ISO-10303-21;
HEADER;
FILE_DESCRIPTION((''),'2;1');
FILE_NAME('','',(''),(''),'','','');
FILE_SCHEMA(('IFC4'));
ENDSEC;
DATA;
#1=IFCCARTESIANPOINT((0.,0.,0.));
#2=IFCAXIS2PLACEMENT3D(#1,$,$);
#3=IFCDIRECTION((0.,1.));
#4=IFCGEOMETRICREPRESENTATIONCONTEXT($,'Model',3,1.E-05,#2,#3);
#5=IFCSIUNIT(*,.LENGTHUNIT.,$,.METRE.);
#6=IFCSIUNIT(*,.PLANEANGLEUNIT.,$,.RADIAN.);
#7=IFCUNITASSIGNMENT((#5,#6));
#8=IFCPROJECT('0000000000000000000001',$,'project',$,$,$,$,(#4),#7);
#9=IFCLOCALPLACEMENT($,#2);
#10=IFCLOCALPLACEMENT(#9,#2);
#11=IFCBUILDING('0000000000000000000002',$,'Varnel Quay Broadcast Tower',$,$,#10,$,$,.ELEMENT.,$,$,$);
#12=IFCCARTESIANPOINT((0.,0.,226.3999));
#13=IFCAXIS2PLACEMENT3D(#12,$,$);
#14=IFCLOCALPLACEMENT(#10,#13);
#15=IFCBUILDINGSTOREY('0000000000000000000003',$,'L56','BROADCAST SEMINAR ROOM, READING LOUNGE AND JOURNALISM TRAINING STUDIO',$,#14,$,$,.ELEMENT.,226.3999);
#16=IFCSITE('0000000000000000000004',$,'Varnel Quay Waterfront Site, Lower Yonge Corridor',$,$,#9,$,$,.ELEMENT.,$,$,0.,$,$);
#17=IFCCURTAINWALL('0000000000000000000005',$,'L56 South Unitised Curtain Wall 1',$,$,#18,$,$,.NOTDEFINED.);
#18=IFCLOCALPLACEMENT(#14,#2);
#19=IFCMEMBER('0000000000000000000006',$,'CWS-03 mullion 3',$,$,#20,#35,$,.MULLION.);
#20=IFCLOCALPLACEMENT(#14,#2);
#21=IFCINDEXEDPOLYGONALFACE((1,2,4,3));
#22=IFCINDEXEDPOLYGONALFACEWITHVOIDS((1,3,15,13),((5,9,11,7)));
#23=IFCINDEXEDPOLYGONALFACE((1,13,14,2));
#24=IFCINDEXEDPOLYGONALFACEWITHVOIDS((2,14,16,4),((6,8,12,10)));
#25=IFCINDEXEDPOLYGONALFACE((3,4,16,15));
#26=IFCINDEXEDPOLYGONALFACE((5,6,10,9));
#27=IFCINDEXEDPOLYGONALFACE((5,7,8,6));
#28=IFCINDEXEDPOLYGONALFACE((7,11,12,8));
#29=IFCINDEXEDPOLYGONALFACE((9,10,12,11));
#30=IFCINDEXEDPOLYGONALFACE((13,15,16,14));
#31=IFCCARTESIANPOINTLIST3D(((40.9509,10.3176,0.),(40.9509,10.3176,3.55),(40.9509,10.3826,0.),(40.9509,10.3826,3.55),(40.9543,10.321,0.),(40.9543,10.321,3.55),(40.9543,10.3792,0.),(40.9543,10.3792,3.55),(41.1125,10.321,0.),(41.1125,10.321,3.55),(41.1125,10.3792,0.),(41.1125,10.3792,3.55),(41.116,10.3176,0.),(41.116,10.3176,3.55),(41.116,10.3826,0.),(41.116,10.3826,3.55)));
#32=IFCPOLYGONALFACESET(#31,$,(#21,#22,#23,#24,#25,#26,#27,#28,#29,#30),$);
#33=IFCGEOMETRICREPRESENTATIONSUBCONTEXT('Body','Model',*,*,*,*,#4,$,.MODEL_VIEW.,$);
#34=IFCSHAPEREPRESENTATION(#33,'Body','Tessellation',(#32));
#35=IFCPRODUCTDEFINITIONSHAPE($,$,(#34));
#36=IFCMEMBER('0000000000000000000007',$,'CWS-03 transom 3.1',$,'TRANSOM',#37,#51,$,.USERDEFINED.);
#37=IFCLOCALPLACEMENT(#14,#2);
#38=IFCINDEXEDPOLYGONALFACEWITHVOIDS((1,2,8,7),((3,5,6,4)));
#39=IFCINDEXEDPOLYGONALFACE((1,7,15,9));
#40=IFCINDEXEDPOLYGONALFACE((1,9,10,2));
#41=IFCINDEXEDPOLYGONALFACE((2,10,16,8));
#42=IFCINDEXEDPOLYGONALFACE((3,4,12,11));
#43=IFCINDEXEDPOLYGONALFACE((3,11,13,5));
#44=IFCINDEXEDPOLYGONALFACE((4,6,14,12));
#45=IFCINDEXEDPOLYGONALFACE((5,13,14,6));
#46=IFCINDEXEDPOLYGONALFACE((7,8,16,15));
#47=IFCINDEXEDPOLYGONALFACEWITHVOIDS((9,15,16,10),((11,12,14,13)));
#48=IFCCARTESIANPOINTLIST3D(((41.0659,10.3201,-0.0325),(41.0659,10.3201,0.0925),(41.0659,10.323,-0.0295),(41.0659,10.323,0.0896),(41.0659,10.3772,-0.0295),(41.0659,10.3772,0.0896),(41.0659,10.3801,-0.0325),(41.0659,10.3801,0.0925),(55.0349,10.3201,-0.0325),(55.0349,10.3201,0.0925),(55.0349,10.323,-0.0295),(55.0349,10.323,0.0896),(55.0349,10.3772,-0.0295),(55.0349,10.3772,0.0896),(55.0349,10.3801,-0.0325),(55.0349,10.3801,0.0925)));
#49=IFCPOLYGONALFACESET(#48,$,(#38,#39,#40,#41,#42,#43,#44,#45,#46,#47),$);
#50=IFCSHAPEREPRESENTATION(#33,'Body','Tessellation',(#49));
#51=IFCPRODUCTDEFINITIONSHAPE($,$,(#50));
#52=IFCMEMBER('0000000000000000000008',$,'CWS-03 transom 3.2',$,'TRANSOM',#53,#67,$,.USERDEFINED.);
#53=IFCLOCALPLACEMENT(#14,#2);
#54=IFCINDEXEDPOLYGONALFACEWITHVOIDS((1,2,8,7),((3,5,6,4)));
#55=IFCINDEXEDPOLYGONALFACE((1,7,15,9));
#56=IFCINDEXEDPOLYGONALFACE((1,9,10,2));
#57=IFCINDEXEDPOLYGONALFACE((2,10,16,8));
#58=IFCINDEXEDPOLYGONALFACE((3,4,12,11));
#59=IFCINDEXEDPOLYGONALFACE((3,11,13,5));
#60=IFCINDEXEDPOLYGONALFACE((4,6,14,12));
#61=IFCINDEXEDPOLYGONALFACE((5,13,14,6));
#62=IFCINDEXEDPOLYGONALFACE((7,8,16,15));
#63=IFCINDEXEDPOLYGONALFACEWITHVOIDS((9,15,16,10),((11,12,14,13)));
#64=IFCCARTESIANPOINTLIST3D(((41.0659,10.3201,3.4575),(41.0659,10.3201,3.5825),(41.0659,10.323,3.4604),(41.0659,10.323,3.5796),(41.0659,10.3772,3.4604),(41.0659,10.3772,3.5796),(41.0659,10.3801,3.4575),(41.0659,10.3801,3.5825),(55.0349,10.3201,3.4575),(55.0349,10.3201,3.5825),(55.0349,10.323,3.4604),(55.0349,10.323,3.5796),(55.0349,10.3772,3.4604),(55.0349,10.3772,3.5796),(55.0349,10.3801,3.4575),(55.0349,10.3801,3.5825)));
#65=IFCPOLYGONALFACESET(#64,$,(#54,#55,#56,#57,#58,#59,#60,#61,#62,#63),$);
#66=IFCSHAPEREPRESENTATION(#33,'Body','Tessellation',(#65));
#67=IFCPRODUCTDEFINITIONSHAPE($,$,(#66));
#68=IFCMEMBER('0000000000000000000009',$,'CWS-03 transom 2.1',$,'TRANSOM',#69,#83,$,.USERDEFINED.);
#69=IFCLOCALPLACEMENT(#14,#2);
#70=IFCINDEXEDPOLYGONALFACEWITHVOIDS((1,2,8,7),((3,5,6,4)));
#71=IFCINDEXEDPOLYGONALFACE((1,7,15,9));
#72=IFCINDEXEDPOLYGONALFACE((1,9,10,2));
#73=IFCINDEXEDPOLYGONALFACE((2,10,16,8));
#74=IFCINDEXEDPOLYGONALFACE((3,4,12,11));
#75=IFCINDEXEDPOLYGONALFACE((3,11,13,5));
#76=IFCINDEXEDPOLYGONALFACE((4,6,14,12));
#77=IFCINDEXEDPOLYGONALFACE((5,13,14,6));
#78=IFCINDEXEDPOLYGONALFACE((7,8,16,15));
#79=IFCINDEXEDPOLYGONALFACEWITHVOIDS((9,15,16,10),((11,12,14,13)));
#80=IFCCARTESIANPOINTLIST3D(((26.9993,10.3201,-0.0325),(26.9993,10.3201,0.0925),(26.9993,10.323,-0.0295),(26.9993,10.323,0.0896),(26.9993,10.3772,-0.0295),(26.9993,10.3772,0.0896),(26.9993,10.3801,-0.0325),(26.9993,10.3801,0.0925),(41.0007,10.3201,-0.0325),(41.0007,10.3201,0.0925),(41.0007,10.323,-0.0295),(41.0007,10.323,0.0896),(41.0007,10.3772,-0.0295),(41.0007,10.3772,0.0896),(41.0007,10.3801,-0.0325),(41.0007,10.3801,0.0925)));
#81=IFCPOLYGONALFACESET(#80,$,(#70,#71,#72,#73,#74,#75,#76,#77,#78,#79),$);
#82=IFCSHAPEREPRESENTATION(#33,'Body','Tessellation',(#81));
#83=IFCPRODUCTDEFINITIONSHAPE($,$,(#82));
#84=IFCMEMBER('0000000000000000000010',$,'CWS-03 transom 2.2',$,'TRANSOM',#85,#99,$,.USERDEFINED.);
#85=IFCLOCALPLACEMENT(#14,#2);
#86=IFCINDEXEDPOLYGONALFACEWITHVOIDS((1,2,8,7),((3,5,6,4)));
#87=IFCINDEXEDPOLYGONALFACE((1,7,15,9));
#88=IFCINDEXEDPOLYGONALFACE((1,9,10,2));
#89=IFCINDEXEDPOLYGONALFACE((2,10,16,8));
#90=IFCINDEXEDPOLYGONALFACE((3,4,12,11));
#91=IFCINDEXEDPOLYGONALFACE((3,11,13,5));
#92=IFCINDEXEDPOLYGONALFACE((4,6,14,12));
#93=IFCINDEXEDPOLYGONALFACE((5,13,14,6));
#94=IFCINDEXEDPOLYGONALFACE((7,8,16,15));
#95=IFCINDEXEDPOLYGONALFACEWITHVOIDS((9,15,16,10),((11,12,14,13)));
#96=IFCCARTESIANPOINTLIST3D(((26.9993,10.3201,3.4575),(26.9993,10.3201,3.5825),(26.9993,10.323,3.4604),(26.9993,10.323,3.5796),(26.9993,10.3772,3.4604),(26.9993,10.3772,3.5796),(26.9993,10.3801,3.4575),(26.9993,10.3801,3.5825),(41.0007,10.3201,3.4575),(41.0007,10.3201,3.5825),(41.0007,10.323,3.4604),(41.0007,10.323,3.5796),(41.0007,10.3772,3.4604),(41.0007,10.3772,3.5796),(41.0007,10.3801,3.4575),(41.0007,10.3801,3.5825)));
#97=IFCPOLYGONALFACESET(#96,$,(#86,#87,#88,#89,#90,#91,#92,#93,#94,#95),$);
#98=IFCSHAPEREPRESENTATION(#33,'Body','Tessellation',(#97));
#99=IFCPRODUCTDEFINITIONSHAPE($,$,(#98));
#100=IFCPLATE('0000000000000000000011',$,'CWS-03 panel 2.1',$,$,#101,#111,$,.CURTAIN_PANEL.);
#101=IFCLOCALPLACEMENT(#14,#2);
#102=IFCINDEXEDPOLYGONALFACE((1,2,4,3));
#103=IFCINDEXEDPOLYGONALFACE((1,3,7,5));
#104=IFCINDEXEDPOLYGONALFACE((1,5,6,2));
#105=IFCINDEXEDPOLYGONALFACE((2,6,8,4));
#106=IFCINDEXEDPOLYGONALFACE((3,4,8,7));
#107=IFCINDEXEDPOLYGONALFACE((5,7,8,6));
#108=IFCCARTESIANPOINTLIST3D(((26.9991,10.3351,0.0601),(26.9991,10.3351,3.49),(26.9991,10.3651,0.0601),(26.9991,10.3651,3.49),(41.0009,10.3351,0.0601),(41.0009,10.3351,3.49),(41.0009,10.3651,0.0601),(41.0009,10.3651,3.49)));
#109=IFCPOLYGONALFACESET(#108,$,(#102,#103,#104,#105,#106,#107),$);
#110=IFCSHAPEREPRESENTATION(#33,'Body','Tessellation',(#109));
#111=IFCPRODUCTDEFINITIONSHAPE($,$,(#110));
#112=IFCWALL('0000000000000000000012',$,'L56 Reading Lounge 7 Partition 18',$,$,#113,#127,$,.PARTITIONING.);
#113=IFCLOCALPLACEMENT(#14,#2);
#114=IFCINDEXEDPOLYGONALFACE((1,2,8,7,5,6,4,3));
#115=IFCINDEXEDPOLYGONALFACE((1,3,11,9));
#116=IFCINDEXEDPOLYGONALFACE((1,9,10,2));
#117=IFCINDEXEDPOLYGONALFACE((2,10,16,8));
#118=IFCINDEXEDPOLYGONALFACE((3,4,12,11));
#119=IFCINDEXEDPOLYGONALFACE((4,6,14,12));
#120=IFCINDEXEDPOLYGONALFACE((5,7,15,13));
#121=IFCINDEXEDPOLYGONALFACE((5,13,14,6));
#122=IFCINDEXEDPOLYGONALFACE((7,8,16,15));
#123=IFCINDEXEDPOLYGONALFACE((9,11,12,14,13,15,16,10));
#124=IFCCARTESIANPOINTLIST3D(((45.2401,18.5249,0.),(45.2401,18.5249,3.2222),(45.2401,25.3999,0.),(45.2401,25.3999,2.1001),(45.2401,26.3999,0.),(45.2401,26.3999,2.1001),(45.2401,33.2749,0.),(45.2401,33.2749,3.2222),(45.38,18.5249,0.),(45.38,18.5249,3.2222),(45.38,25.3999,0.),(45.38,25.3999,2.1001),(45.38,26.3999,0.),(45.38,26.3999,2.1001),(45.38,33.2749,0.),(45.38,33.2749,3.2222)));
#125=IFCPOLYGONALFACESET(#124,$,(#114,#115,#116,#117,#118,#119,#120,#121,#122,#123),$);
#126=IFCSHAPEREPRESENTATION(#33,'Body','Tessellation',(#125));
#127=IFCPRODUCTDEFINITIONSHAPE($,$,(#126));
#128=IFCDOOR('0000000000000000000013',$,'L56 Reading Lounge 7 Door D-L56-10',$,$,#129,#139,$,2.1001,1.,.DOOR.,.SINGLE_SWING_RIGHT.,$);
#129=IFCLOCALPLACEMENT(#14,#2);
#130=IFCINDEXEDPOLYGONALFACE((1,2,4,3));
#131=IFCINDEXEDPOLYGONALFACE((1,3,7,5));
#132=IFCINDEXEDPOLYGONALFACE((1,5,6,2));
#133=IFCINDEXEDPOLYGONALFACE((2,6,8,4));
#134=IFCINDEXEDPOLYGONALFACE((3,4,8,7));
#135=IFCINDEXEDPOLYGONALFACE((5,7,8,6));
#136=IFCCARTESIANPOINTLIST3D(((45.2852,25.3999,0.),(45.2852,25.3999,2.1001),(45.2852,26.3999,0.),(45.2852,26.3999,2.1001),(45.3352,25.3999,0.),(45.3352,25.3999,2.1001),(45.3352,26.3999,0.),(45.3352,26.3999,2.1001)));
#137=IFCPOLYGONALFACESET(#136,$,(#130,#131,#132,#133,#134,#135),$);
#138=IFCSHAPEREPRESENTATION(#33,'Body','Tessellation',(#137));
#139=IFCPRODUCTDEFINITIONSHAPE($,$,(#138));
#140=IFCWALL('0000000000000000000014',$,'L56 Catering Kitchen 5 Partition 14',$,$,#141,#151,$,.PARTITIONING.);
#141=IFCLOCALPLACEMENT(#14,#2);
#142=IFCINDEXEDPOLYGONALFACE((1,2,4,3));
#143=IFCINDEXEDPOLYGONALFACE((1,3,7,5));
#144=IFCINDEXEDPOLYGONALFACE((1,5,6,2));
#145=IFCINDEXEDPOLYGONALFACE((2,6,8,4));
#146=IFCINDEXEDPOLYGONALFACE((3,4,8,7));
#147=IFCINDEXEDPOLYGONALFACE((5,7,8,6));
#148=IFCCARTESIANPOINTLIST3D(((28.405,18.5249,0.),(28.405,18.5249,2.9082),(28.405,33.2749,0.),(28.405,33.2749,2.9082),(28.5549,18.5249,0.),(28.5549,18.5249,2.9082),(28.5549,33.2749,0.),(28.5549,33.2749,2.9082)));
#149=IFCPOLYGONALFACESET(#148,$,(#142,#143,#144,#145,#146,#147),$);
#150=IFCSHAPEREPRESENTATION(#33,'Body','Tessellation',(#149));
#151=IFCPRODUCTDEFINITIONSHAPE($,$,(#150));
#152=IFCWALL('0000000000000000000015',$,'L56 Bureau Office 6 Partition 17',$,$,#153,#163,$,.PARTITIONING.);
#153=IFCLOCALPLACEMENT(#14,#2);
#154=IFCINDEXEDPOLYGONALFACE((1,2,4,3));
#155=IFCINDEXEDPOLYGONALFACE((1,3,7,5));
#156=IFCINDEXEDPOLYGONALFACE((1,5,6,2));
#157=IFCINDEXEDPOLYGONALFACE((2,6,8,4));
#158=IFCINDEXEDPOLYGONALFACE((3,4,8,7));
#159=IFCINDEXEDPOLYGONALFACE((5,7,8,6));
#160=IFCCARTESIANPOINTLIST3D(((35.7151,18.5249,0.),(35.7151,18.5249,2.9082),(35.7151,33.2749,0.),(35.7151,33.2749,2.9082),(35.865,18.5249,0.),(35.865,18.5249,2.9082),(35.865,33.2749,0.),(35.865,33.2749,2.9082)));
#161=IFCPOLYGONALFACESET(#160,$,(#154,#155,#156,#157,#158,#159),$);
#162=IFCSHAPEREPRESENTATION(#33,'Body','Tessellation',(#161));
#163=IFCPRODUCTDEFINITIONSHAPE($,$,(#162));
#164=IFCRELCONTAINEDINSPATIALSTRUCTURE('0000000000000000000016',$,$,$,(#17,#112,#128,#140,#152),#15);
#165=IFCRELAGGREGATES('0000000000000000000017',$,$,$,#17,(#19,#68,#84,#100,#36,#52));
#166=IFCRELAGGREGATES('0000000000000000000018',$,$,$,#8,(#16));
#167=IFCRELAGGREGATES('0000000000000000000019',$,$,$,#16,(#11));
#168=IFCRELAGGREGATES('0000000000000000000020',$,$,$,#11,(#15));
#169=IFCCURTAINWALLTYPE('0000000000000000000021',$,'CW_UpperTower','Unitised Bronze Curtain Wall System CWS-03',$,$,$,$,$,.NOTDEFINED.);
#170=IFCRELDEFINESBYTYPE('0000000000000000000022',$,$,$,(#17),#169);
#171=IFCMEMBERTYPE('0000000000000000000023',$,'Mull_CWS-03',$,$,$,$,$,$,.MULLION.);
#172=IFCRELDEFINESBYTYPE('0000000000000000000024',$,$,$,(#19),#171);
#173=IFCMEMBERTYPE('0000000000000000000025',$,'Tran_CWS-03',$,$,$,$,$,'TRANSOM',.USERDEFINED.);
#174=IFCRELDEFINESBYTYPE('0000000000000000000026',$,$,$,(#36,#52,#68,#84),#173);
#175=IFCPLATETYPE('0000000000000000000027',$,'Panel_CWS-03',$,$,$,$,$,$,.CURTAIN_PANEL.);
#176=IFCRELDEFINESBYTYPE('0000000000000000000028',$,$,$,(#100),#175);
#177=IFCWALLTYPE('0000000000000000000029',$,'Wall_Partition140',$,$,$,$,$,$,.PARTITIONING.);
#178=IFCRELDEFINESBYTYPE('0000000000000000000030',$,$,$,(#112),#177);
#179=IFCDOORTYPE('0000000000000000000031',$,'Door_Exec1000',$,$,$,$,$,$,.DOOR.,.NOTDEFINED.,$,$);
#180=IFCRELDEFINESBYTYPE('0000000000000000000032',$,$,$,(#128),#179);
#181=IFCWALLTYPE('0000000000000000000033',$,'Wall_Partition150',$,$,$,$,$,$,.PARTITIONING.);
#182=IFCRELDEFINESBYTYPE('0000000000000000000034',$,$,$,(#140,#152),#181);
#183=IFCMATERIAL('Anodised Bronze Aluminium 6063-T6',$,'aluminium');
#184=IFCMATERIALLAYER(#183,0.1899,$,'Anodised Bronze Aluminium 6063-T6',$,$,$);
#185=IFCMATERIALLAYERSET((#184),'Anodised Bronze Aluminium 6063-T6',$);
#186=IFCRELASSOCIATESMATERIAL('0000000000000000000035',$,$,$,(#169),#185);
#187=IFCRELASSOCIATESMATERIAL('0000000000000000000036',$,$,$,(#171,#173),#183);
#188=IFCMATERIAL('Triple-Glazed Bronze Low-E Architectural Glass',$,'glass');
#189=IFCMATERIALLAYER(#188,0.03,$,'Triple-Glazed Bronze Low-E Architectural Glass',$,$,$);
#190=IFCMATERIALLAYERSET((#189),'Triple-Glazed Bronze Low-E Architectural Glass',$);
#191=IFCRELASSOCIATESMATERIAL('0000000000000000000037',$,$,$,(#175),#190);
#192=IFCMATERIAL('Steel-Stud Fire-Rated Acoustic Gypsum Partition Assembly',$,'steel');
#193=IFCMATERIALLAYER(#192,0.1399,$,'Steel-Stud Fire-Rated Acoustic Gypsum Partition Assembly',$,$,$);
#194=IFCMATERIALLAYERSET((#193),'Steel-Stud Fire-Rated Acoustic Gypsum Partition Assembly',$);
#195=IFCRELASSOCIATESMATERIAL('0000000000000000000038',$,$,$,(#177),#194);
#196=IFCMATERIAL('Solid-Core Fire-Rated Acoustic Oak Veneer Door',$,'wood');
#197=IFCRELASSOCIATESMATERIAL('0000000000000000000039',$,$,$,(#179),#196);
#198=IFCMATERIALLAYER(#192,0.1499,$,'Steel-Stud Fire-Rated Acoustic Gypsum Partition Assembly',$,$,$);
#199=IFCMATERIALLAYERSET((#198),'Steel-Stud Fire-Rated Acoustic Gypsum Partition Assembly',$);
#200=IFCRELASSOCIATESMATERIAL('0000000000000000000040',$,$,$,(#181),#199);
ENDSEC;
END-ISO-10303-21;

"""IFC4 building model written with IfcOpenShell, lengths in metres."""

from ifc_helpers import new_model, si_unit, direction, frame, frame_2d, origin, origin_2d, place, context, subcontext, project, spatial, rectangle, hollow_rectangle, extrude, source, transform, mapped, material, layer, layer_set, material_profile, profile_set, type_object, type_shapes, element, fill, aggregate, save


model = new_model("IFC4")

# Units and contexts
model_context = context("Model", 3, precision=1e-05, world=origin(), true_north=direction((0.0, 1.0)))
body_context = subcontext(model_context, "Body", "Model", "MODEL_VIEW")
ifc_project = project(units=[si_unit("LENGTHUNIT", "METRE"), si_unit("PLANEANGLEUNIT", "RADIAN")], contexts=[model_context])

# Site, building, storey
site_placement = place(None, origin())
site = spatial("IfcSite", under=ifc_project, at=site_placement, Name="Varnel Quay Waterfront Site, Lower Yonge Corridor", CompositionType="ELEMENT", RefElevation=0.0)
building_placement = place(site_placement, origin())
building = spatial("IfcBuilding", under=site, at=building_placement, Name="Varnel Quay Broadcast Tower", CompositionType="ELEMENT")
storey_placement = place(building_placement, frame((0.0, 0.0, 226.3999)))
storey = spatial("IfcBuildingStorey", under=building, at=storey_placement, Name="L56", Description="BROADCAST SEMINAR ROOM, READING LOUNGE AND JOURNALISM TRAINING STUDIO", CompositionType="ELEMENT", Elevation=226.3999)

# Curtain wall, members, plate
ifc_material_1 = material(Name="Anodised Bronze Aluminium 6063-T6", Category="aluminium")
ifc_layer_1 = layer(ifc_material_1, 0.1899, Name="Anodised Bronze Aluminium 6063-T6")
ifc_layer_set_1 = layer_set([ifc_layer_1], Name="Anodised Bronze Aluminium 6063-T6")
curtain_wall_type = type_object("IfcCurtainWallType", Name="CW_UpperTower", Description="Unitised Bronze Curtain Wall System CWS-03", PredefinedType="NOTDEFINED", material=ifc_layer_set_1)
curtain_wall_placement = place(storey_placement, origin())
curtain_wall = element("IfcCurtainWall", 1, at=curtain_wall_placement, inside=storey, type_object=curtain_wall_type, Name="L56 South Unitised Curtain Wall 1", PredefinedType="NOTDEFINED")
ifc_material_profile_1 = material_profile(ifc_material_1, hollow_rectangle(XDim=0.0649, YDim=0.165, WallThickness=0.0034, at=origin_2d()), Name="ALU65X165X3.5")
ifc_profile_set_1 = profile_set([ifc_material_profile_1], Name="Anodised Bronze Aluminium 6063-T6")
member_type_1 = type_object("IfcMemberType", Name="Mull_CWS-03", PredefinedType="MULLION", material=ifc_profile_set_1)
shared_shape_1 = source(origin(), body_context, "Body", "SweptSolid", [
    extrude(hollow_rectangle(XDim=0.0649, YDim=0.165, WallThickness=0.0034, at=origin_2d()), origin(), (0.0, 0.0, 1.0), 3.55),
])
type_shapes(member_type_1, [shared_shape_1])
member_1_placement = place(storey_placement, frame((41.0334, 10.3501, 0.0), z_axis=(0.0, 0.0, 1.0), x_axis=(0.0, 1.0, 0.0)))
member_1 = element("IfcMember", 2, at=member_1_placement, type_object=member_type_1, Name="CWS-03 mullion 3", PredefinedType="MULLION", context=body_context, shape_type="MappedRepresentation", body=[
    mapped(shared_shape_1, transform((0.0, 0.0, 0.0), x_axis=(1.0, 0.0, 0.0), y_axis=(0.0, 1.0, 0.0), z_axis=(0.0, 0.0, 1.0), scale=1.0)),
])
ifc_material_profile_2 = material_profile(ifc_material_1, hollow_rectangle(XDim=0.0601, YDim=0.125, WallThickness=0.0029, at=origin_2d()), Name="ALU60X125X3")
ifc_profile_set_2 = profile_set([ifc_material_profile_2], Name="Anodised Bronze Aluminium 6063-T6")
member_type_2 = type_object("IfcMemberType", Name="Tran_CWS-03", ElementType="TRANSOM", PredefinedType="USERDEFINED", material=ifc_profile_set_2)
shared_shape_2 = source(origin(), body_context, "Body", "SweptSolid", [
    extrude(hollow_rectangle(XDim=0.0601, YDim=0.125, WallThickness=0.0029, at=origin_2d()), origin(), (0.0, 0.0, 1.0), 13.969),
])
member_2_placement = place(storey_placement, frame((41.0659, 10.3501, 0.03), z_axis=(1.0, 0.0, 0.0), x_axis=(0.0, 1.0, 0.0)))
member_2 = element("IfcMember", 3, at=member_2_placement, type_object=member_type_2, Name="CWS-03 transom 3.1", ObjectType="TRANSOM", PredefinedType="USERDEFINED", context=body_context, shape_type="MappedRepresentation", body=[
    mapped(shared_shape_2, transform((0.0, 0.0, 0.0), x_axis=(1.0, 0.0, 0.0), y_axis=(0.0, 1.0, 0.0), z_axis=(0.0, 0.0, 1.0), scale=1.0)),
])
member_3_placement = place(storey_placement, frame((41.0659, 10.3501, 3.52), z_axis=(1.0, 0.0, 0.0), x_axis=(0.0, 1.0, 0.0)))
member_3 = element("IfcMember", 4, at=member_3_placement, type_object=member_type_2, Name="CWS-03 transom 3.2", ObjectType="TRANSOM", PredefinedType="USERDEFINED", context=body_context, shape_type="MappedRepresentation", body=[
    mapped(shared_shape_2, transform((0.0, 0.0, 0.0), x_axis=(1.0, 0.0, 0.0), y_axis=(0.0, 1.0, 0.0), z_axis=(0.0, 0.0, 1.0), scale=1.0)),
])
shared_shape_3 = source(origin(), body_context, "Body", "SweptSolid", [
    extrude(hollow_rectangle(XDim=0.0601, YDim=0.125, WallThickness=0.0029, at=origin_2d()), origin(), (0.0, 0.0, 1.0), 14.0015),
])
type_shapes(member_type_2, [shared_shape_2, shared_shape_3])
member_4_placement = place(storey_placement, frame((26.9993, 10.3501, 0.03), z_axis=(1.0, 0.0, 0.0), x_axis=(0.0, 1.0, 0.0)))
member_4 = element("IfcMember", 5, at=member_4_placement, type_object=member_type_2, Name="CWS-03 transom 2.1", ObjectType="TRANSOM", PredefinedType="USERDEFINED", context=body_context, shape_type="MappedRepresentation", body=[
    mapped(shared_shape_3, transform((0.0, 0.0, 0.0), x_axis=(1.0, 0.0, 0.0), y_axis=(0.0, 1.0, 0.0), z_axis=(0.0, 0.0, 1.0), scale=1.0)),
])
member_5_placement = place(storey_placement, frame((26.9993, 10.3501, 3.52), z_axis=(1.0, 0.0, 0.0), x_axis=(0.0, 1.0, 0.0)))
member_5 = element("IfcMember", 6, at=member_5_placement, type_object=member_type_2, Name="CWS-03 transom 2.2", ObjectType="TRANSOM", PredefinedType="USERDEFINED", context=body_context, shape_type="MappedRepresentation", body=[
    mapped(shared_shape_3, transform((0.0, 0.0, 0.0), x_axis=(1.0, 0.0, 0.0), y_axis=(0.0, 1.0, 0.0), z_axis=(0.0, 0.0, 1.0), scale=1.0)),
])
ifc_material_2 = material(Name="Triple-Glazed Bronze Low-E Architectural Glass", Category="glass")
ifc_layer_2 = layer(ifc_material_2, 0.03, Name="Triple-Glazed Bronze Low-E Architectural Glass")
ifc_layer_set_2 = layer_set([ifc_layer_2], Name="Triple-Glazed Bronze Low-E Architectural Glass")
plate_type = type_object("IfcPlateType", Name="Panel_CWS-03", PredefinedType="CURTAIN_PANEL", material=ifc_layer_set_2)
shared_shape_4 = source(origin(), body_context, "Body", "SweptSolid", [
    extrude(rectangle(XDim=14.0017, YDim=0.03, at=origin_2d()), origin(), (0.0, 0.0, 1.0), 3.4299),
])
type_shapes(plate_type, [shared_shape_4])
plate_placement = place(storey_placement, frame((34.0, 10.3501, 0.0601), z_axis=(0.0, 0.0, 1.0), x_axis=(1.0, 0.0, 0.0)))
plate = element("IfcPlate", 7, at=plate_placement, type_object=plate_type, Name="CWS-03 panel 2.1", PredefinedType="CURTAIN_PANEL", context=body_context, shape_type="MappedRepresentation", body=[
    mapped(shared_shape_4, transform((0.0, 0.0, 0.0), x_axis=(1.0, 0.0, 0.0), y_axis=(0.0, 1.0, 0.0), z_axis=(0.0, 0.0, 1.0), scale=1.0)),
])
aggregate(curtain_wall, [member_1, member_4, member_5, plate, member_2, member_3])

# Wall, opening, door
ifc_material_3 = material(Name="Steel-Stud Fire-Rated Acoustic Gypsum Partition Assembly", Category="steel")
ifc_layer_3 = layer(ifc_material_3, 0.1399, Name="Steel-Stud Fire-Rated Acoustic Gypsum Partition Assembly")
ifc_layer_set_3 = layer_set([ifc_layer_3], Name="Steel-Stud Fire-Rated Acoustic Gypsum Partition Assembly")
wall_type_1 = type_object("IfcWallType", Name="Wall_Partition140", PredefinedType="PARTITIONING", material=ifc_layer_set_3)
wall_1_placement = place(storey_placement, frame((45.3101, 18.5249, 0.0), z_axis=(0.0, 0.0, 1.0), x_axis=(0.0, 1.0, 0.0)))
wall_1 = element("IfcWall", 8, at=wall_1_placement, inside=storey, type_object=wall_type_1, Name="L56 Reading Lounge 7 Partition 18", PredefinedType="PARTITIONING", context=body_context, shape_type="SweptSolid", body=[
    extrude(rectangle(XDim=14.75, YDim=0.1399, at=frame_2d((7.375, 0.0))), origin(), (0.0, 0.0, 1.0), 3.2222),
])
opening_placement = place(wall_1_placement, frame((6.875, 0.0, 0.0)))
opening = element("IfcOpeningElement", 9, at=opening_placement, cuts=wall_1, PredefinedType="OPENING", context=body_context, shape_type="SweptSolid", body=[
    extrude(rectangle(XDim=1.0, YDim=2.1001, at=frame_2d((0.5, 1.05))), frame((0.0, 0.0801, 0.0), z_axis=(0.0, -1.0, 0.0), x_axis=(1.0, 0.0, 0.0)), (0.0, 0.0, 1.0), 0.1599),
])
ifc_material_4 = material(Name="Solid-Core Fire-Rated Acoustic Oak Veneer Door", Category="wood")
door_type = type_object("IfcDoorType", Name="Door_Exec1000", OperationType="NOTDEFINED", PredefinedType="DOOR", material=ifc_material_4)
shared_shape_5 = source(origin(), body_context, "Body", "SweptSolid", [
    extrude(rectangle(XDim=1.0, YDim=2.1001, at=frame_2d((0.5, 1.05))), frame((0.0, 0.0249, 0.0), z_axis=(0.0, -1.0, 0.0), x_axis=(1.0, 0.0, 0.0)), (0.0, 0.0, 1.0), 0.05),
])
type_shapes(door_type, [shared_shape_5])
door_placement = place(opening_placement, origin())
door = element("IfcDoor", 10, at=door_placement, inside=storey, type_object=door_type, Name="L56 Reading Lounge 7 Door D-L56-10", OperationType="SINGLE_SWING_RIGHT", OverallHeight=2.1001, OverallWidth=1.0, PredefinedType="DOOR", context=body_context, shape_type="MappedRepresentation", body=[
    mapped(shared_shape_5, transform((0.0, 0.0, 0.0), x_axis=(1.0, 0.0, 0.0), y_axis=(0.0, 1.0, 0.0), z_axis=(0.0, 0.0, 1.0), scale=1.0)),
])
fill(opening, door)

# Walls
ifc_layer_4 = layer(ifc_material_3, 0.1499, Name="Steel-Stud Fire-Rated Acoustic Gypsum Partition Assembly")
ifc_layer_set_4 = layer_set([ifc_layer_4], Name="Steel-Stud Fire-Rated Acoustic Gypsum Partition Assembly")
wall_type_2 = type_object("IfcWallType", Name="Wall_Partition150", PredefinedType="PARTITIONING", material=ifc_layer_set_4)
for number, where, z_axis, x_axis, name in (
    (11, (28.48, 18.5249, 0.0), (0.0, 0.0, 1.0), (0.0, 1.0, 0.0), "L56 Catering Kitchen 5 Partition 14"),
    (12, (35.79, 18.5249, 0.0), (0.0, 0.0, 1.0), (0.0, 1.0, 0.0), "L56 Bureau Office 6 Partition 17"),
):
    element("IfcWall", number, at=place(storey_placement, frame(where, z_axis=z_axis, x_axis=x_axis)), inside=storey, type_object=wall_type_2, Name=name, PredefinedType="PARTITIONING", context=body_context, shape_type="SweptSolid", body=[
        extrude(rectangle(XDim=14.75, YDim=0.1499, at=frame_2d((7.375, 0.0))), origin(), (0.0, 0.0, 1.0), 2.9082),
    ])

save(model, "model.ifc")
